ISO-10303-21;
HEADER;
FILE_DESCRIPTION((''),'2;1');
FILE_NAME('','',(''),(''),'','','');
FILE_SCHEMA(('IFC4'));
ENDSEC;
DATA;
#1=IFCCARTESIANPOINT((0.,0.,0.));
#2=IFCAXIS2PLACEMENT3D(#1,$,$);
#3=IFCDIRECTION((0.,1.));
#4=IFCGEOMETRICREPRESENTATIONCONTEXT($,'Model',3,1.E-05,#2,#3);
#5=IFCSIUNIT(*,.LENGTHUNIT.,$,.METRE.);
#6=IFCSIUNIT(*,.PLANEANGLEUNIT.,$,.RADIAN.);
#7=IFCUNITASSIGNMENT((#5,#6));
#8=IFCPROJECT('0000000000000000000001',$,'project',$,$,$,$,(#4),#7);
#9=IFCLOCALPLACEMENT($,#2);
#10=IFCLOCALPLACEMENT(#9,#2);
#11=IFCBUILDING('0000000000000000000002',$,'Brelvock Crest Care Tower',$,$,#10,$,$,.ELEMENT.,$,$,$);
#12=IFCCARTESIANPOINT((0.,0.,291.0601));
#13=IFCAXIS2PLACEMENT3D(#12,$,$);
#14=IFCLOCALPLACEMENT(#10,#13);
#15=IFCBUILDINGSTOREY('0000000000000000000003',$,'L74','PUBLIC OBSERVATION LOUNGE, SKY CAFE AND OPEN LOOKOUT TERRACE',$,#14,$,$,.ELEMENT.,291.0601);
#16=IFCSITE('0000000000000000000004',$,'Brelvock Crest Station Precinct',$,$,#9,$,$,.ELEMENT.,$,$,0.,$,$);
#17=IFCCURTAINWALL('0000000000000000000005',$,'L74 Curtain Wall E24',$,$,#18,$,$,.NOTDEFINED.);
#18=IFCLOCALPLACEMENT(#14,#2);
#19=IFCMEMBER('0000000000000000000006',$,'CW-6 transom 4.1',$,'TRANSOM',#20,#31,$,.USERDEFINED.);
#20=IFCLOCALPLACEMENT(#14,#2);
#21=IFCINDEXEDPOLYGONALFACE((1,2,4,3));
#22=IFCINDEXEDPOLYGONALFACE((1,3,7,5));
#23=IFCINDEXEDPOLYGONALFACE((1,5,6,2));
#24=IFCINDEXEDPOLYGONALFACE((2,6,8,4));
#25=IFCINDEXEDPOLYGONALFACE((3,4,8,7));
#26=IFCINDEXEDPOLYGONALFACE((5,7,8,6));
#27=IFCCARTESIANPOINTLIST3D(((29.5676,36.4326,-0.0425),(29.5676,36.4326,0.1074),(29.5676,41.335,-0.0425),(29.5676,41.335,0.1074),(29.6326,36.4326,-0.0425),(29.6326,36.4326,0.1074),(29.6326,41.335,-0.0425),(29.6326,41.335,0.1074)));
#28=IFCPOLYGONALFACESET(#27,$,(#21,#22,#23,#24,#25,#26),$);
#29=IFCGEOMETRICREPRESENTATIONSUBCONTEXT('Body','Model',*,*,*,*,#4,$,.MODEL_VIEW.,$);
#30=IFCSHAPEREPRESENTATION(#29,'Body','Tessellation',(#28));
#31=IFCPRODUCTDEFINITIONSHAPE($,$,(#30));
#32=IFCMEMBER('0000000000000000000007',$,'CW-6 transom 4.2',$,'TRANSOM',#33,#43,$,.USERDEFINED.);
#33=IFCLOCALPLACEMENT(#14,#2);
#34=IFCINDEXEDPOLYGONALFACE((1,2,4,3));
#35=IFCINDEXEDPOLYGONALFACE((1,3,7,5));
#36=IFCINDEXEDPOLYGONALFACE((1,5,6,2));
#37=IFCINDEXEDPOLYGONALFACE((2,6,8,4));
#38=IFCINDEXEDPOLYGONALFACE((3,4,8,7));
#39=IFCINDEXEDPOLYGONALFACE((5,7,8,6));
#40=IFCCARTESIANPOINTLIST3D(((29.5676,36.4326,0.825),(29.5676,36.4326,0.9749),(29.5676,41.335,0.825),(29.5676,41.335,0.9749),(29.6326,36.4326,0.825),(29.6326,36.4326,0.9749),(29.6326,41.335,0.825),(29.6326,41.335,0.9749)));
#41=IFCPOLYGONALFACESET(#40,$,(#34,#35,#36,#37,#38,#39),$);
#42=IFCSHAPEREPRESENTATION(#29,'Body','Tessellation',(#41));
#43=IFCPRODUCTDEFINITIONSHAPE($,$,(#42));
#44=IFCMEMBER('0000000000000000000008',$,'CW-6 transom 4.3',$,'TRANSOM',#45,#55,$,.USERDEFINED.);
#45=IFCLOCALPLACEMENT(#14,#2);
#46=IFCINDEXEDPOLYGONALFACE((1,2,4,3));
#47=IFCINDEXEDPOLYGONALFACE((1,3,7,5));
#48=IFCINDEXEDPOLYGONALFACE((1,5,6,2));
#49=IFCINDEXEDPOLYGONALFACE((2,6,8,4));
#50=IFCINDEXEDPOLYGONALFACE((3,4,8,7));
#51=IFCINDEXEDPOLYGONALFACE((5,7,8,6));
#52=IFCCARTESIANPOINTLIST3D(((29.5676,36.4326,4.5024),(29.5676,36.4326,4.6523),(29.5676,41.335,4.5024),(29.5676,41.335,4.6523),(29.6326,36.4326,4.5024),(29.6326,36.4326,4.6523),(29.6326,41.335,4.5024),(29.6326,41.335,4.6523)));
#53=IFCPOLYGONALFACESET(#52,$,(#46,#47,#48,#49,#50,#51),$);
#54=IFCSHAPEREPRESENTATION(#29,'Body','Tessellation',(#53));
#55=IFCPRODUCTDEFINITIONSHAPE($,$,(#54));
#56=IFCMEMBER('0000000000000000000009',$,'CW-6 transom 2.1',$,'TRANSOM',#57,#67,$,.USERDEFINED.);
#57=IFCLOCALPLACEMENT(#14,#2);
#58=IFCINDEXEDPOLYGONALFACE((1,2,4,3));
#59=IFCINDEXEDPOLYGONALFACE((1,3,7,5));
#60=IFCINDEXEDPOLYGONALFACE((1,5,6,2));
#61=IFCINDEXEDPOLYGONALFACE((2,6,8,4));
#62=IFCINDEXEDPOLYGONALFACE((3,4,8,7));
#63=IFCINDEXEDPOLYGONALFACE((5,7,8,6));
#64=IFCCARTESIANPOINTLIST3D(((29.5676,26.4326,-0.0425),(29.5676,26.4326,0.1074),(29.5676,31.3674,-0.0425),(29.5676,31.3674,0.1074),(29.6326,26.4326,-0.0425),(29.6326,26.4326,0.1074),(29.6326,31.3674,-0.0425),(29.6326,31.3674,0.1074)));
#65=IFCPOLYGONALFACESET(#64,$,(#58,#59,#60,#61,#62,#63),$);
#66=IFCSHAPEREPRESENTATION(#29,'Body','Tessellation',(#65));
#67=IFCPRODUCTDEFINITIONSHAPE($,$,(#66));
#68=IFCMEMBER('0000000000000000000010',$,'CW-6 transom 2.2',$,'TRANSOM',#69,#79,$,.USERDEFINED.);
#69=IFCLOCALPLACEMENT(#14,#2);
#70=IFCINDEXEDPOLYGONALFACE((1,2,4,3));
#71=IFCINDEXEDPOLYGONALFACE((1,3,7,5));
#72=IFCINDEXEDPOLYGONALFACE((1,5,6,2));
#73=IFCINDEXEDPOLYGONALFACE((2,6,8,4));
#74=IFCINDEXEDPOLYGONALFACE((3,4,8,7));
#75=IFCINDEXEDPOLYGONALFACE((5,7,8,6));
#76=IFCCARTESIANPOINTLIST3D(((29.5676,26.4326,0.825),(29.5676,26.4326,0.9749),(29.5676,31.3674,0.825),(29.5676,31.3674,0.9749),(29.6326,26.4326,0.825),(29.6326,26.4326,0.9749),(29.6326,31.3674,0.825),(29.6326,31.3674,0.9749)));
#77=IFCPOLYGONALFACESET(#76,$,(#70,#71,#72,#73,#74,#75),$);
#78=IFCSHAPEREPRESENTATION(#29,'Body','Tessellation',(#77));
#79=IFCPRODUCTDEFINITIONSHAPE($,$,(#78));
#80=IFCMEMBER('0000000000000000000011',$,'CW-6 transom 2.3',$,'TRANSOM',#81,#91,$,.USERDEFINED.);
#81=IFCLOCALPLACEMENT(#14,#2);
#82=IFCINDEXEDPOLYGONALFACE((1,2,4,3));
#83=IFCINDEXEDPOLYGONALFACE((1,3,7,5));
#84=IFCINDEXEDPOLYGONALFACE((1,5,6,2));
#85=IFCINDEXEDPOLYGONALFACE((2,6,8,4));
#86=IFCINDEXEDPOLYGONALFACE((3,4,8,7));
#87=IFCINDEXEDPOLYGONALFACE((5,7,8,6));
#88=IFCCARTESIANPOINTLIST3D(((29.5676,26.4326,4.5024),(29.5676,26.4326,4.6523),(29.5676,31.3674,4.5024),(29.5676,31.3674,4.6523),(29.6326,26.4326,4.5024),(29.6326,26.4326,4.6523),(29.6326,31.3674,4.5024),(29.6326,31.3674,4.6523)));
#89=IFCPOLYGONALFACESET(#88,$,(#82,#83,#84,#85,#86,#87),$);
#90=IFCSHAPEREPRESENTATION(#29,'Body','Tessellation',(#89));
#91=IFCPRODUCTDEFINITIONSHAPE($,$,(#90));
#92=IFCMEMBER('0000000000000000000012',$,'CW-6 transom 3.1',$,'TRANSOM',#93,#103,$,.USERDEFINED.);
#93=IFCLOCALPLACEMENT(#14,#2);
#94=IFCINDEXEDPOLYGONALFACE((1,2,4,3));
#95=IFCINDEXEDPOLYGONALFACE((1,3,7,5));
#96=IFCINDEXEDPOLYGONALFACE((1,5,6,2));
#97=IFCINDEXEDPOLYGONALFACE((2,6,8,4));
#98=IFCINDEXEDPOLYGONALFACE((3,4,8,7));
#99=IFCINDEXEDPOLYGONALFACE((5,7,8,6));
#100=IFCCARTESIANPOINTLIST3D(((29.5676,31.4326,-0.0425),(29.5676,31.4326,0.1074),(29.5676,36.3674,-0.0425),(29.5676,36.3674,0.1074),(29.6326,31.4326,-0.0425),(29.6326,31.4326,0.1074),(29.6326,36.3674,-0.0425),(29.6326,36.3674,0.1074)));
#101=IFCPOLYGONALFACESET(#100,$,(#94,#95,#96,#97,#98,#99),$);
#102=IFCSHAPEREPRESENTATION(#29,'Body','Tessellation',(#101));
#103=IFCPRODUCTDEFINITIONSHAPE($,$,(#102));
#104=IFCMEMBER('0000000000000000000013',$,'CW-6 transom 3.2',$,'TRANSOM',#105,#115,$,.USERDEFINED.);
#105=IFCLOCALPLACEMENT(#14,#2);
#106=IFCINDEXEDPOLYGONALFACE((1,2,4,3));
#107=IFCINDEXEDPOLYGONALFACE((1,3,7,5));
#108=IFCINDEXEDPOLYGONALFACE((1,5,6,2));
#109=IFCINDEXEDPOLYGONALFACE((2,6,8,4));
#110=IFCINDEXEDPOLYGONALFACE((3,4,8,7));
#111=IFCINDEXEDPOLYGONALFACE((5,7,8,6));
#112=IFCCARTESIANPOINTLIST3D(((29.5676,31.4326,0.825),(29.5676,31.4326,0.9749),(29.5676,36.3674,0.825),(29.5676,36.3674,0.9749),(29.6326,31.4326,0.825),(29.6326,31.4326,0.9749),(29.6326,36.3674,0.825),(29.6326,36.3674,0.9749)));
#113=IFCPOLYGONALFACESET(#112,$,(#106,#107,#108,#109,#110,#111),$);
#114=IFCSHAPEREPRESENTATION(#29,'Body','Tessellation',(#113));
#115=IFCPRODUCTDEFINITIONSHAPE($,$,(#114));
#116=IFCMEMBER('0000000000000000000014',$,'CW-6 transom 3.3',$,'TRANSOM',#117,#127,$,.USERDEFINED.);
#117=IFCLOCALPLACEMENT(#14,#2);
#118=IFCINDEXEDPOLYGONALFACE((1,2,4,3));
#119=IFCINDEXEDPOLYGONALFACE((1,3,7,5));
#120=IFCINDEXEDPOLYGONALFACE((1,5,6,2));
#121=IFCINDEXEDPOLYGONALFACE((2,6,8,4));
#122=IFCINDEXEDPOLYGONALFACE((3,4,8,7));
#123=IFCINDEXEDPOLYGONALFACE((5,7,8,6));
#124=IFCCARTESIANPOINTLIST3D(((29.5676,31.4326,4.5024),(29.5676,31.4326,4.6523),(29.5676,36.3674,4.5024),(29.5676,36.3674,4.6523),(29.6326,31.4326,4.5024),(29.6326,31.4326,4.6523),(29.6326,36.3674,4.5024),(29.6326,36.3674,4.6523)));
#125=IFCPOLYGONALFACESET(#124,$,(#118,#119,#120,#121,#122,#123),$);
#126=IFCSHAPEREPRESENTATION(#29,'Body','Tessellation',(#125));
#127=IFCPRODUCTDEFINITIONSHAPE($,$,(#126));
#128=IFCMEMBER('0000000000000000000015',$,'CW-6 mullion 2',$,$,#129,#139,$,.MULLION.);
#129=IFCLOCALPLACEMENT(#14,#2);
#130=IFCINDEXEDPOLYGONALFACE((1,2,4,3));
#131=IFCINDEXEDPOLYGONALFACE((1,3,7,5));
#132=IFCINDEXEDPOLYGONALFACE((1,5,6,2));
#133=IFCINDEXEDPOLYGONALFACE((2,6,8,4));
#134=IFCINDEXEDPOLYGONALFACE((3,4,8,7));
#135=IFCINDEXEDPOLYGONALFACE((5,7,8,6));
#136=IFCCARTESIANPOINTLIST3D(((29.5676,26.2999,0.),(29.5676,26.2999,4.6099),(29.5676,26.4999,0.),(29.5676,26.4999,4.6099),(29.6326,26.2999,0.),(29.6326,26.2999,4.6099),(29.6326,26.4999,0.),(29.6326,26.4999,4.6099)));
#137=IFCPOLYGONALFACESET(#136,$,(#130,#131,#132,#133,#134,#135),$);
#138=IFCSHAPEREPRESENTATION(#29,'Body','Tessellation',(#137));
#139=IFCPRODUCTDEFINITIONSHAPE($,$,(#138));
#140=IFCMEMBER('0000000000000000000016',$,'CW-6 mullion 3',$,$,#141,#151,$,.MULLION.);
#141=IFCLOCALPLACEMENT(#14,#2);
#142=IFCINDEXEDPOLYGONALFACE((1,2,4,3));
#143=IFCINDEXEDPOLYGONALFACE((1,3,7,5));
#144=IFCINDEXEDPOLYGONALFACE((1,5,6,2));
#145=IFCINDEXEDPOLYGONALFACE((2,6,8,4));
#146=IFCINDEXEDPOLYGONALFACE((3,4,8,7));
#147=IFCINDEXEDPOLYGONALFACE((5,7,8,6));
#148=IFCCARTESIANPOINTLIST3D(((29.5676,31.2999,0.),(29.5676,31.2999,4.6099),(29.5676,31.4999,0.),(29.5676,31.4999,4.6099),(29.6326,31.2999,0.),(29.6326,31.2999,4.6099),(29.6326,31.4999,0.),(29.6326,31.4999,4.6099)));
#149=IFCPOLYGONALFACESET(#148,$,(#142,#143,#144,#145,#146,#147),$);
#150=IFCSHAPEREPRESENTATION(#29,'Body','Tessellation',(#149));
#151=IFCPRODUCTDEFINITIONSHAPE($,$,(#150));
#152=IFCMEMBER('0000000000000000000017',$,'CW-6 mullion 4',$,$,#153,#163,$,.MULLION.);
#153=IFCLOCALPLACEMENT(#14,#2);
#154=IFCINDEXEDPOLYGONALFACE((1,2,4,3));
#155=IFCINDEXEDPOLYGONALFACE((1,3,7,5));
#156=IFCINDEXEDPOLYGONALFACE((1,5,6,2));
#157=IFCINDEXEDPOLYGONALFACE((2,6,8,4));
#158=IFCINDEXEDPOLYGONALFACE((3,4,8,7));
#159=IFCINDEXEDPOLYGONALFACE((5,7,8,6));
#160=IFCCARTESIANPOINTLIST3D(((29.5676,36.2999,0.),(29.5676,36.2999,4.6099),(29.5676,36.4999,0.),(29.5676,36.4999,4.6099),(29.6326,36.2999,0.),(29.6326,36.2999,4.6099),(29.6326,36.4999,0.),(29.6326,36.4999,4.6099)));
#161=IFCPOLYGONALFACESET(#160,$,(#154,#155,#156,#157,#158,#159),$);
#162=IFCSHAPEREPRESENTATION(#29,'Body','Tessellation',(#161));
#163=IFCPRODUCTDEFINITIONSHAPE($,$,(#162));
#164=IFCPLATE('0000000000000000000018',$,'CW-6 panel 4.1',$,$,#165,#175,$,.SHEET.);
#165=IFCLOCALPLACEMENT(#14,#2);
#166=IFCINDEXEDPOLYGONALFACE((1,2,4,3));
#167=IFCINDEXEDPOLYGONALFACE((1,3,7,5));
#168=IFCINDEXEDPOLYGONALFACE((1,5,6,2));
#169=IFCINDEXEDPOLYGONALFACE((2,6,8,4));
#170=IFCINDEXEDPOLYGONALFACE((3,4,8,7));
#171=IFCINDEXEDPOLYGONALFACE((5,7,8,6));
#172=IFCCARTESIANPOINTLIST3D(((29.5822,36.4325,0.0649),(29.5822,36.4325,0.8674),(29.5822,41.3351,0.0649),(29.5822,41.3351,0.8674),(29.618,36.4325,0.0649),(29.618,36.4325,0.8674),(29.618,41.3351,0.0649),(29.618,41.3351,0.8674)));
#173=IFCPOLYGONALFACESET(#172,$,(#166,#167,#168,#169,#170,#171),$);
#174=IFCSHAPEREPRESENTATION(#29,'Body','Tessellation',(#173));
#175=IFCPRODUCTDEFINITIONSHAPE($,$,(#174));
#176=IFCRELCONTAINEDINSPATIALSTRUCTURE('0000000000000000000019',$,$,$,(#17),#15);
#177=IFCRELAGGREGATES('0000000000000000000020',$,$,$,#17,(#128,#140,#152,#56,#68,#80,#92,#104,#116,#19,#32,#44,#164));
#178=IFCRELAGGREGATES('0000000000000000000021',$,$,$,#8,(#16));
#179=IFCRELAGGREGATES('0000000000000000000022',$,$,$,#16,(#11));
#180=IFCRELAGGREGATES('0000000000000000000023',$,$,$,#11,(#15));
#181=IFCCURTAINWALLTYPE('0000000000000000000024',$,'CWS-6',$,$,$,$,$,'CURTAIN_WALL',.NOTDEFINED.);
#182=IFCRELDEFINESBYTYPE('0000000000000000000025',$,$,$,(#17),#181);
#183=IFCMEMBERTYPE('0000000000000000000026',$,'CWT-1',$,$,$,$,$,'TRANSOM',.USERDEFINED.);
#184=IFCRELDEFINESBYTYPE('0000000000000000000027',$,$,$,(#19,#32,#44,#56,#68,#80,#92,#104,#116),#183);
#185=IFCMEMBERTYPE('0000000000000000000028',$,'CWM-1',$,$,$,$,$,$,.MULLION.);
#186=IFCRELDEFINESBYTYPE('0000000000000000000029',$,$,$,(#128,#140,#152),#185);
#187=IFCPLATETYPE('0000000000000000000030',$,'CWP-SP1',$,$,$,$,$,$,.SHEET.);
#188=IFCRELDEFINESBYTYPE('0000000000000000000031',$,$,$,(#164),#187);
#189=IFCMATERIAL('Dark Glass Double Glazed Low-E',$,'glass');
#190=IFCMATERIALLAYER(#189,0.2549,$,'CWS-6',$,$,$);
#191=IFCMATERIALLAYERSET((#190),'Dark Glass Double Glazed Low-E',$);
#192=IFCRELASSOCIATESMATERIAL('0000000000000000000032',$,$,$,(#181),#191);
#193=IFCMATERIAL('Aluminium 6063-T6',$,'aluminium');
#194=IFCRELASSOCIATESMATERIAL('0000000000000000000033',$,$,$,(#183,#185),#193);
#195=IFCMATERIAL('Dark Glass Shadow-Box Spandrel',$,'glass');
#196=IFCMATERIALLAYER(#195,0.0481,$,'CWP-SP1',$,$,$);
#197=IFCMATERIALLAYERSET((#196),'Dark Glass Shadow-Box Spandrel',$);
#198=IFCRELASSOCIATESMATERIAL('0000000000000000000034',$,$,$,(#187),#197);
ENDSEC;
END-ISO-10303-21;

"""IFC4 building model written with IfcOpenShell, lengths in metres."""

from ifc_helpers import new_model, si_unit, direction, frame, origin, origin_2d, place, context, subcontext, project, spatial, rectangle, extrude, source, transform, mapped, material, layer, layer_set, material_profile, profile_set, type_object, element, aggregate, save


model = new_model("IFC4")

# Units and contexts
model_context = context("Model", 3, precision=1e-05, world=origin(), true_north=direction((0.0, 1.0)))
body_context = subcontext(model_context, "Body", "Model", "MODEL_VIEW")
ifc_project = project(units=[si_unit("LENGTHUNIT", "METRE"), si_unit("PLANEANGLEUNIT", "RADIAN")], contexts=[model_context])

# Site, building, storey
site_placement = place(None, origin())
site = spatial("IfcSite", under=ifc_project, at=site_placement, Name="Brelvock Crest Station Precinct", CompositionType="ELEMENT", RefElevation=0.0)
building_placement = place(site_placement, origin())
building = spatial("IfcBuilding", under=site, at=building_placement, Name="Brelvock Crest Care Tower", CompositionType="ELEMENT")
storey_placement = place(building_placement, frame((0.0, 0.0, 291.0601)))
storey = spatial("IfcBuildingStorey", under=building, at=storey_placement, Name="L74", Description="PUBLIC OBSERVATION LOUNGE, SKY CAFE AND OPEN LOOKOUT TERRACE", CompositionType="ELEMENT", Elevation=291.0601)

# Curtain wall, members, plate
ifc_material_1 = material(Name="Dark Glass Double Glazed Low-E", Category="glass")
ifc_layer_1 = layer(ifc_material_1, 0.2549, Name="CWS-6")
ifc_layer_set_1 = layer_set([ifc_layer_1], Name="Dark Glass Double Glazed Low-E")
curtain_wall_type = type_object("IfcCurtainWallType", Name="CWS-6", ElementType="CURTAIN_WALL", PredefinedType="NOTDEFINED", material=ifc_layer_set_1)
curtain_wall_placement = place(storey_placement, origin())
curtain_wall = element("IfcCurtainWall", 1, at=curtain_wall_placement, inside=storey, type_object=curtain_wall_type, Name="L74 Curtain Wall E24", PredefinedType="NOTDEFINED")
ifc_material_2 = material(Name="Aluminium 6063-T6", Category="aluminium")
ifc_material_profile_1 = material_profile(ifc_material_2, rectangle(XDim=0.0649, YDim=0.1499, at=origin_2d()), Name="ALU65x150")
ifc_profile_set_1 = profile_set([ifc_material_profile_1], Name="Aluminium 6063-T6")
member_type_1 = type_object("IfcMemberType", Name="CWT-1", ElementType="TRANSOM", PredefinedType="USERDEFINED", material=ifc_profile_set_1)
shared_shape_1 = source(origin(), body_context, "Body", "SweptSolid", [
    extrude(rectangle(XDim=0.0649, YDim=0.1499, at=origin_2d()), origin(), (0.0, 0.0, 1.0), 4.9023),
])
member_1_placement = place(storey_placement, frame((29.6001, 36.4326, 0.0325), z_axis=(0.0, 1.0, 0.0), x_axis=(-1.0, 0.0, 0.0)))
member_1 = element("IfcMember", 2, at=member_1_placement, type_object=member_type_1, Name="CW-6 transom 4.1", ObjectType="TRANSOM", PredefinedType="USERDEFINED", context=body_context, shape_type="MappedRepresentation", body=[
    mapped(shared_shape_1, transform((0.0, 0.0, 0.0), x_axis=(1.0, 0.0, 0.0), y_axis=(0.0, 1.0, 0.0), z_axis=(0.0, 0.0, 1.0), scale=1.0)),
])
member_2_placement = place(storey_placement, frame((29.6001, 36.4326, 0.8999), z_axis=(0.0, 1.0, 0.0), x_axis=(-1.0, 0.0, 0.0)))
member_2 = element("IfcMember", 3, at=member_2_placement, type_object=member_type_1, Name="CW-6 transom 4.2", ObjectType="TRANSOM", PredefinedType="USERDEFINED", context=body_context, shape_type="MappedRepresentation", body=[
    mapped(shared_shape_1, transform((0.0, 0.0, 0.0), x_axis=(1.0, 0.0, 0.0), y_axis=(0.0, 1.0, 0.0), z_axis=(0.0, 0.0, 1.0), scale=1.0)),
])
member_3_placement = place(storey_placement, frame((29.6001, 36.4326, 4.5774), z_axis=(0.0, 1.0, 0.0), x_axis=(-1.0, 0.0, 0.0)))
member_3 = element("IfcMember", 4, at=member_3_placement, type_object=member_type_1, Name="CW-6 transom 4.3", ObjectType="TRANSOM", PredefinedType="USERDEFINED", context=body_context, shape_type="MappedRepresentation", body=[
    mapped(shared_shape_1, transform((0.0, 0.0, 0.0), x_axis=(1.0, 0.0, 0.0), y_axis=(0.0, 1.0, 0.0), z_axis=(0.0, 0.0, 1.0), scale=1.0)),
])
shared_shape_2 = source(origin(), body_context, "Body", "SweptSolid", [
    extrude(rectangle(XDim=0.0649, YDim=0.1499, at=origin_2d()), origin(), (0.0, 0.0, 1.0), 4.9348),
])
member_4_placement = place(storey_placement, frame((29.6001, 26.4326, 0.0325), z_axis=(0.0, 1.0, 0.0), x_axis=(-1.0, 0.0, 0.0)))
member_4 = element("IfcMember", 5, at=member_4_placement, type_object=member_type_1, Name="CW-6 transom 2.1", ObjectType="TRANSOM", PredefinedType="USERDEFINED", context=body_context, shape_type="MappedRepresentation", body=[
    mapped(shared_shape_2, transform((0.0, 0.0, 0.0), x_axis=(1.0, 0.0, 0.0), y_axis=(0.0, 1.0, 0.0), z_axis=(0.0, 0.0, 1.0), scale=1.0)),
])
member_5_placement = place(storey_placement, frame((29.6001, 26.4326, 0.8999), z_axis=(0.0, 1.0, 0.0), x_axis=(-1.0, 0.0, 0.0)))
member_5 = element("IfcMember", 6, at=member_5_placement, type_object=member_type_1, Name="CW-6 transom 2.2", ObjectType="TRANSOM", PredefinedType="USERDEFINED", context=body_context, shape_type="MappedRepresentation", body=[
    mapped(shared_shape_2, transform((0.0, 0.0, 0.0), x_axis=(1.0, 0.0, 0.0), y_axis=(0.0, 1.0, 0.0), z_axis=(0.0, 0.0, 1.0), scale=1.0)),
])
member_6_placement = place(storey_placement, frame((29.6001, 26.4326, 4.5774), z_axis=(0.0, 1.0, 0.0), x_axis=(-1.0, 0.0, 0.0)))
member_6 = element("IfcMember", 7, at=member_6_placement, type_object=member_type_1, Name="CW-6 transom 2.3", ObjectType="TRANSOM", PredefinedType="USERDEFINED", context=body_context, shape_type="MappedRepresentation", body=[
    mapped(shared_shape_2, transform((0.0, 0.0, 0.0), x_axis=(1.0, 0.0, 0.0), y_axis=(0.0, 1.0, 0.0), z_axis=(0.0, 0.0, 1.0), scale=1.0)),
])
member_7_placement = place(storey_placement, frame((29.6001, 31.4326, 0.0325), z_axis=(0.0, 1.0, 0.0), x_axis=(-1.0, 0.0, 0.0)))
member_7 = element("IfcMember", 8, at=member_7_placement, type_object=member_type_1, Name="CW-6 transom 3.1", ObjectType="TRANSOM", PredefinedType="USERDEFINED", context=body_context, shape_type="MappedRepresentation", body=[
    mapped(shared_shape_2, transform((0.0, 0.0, 0.0), x_axis=(1.0, 0.0, 0.0), y_axis=(0.0, 1.0, 0.0), z_axis=(0.0, 0.0, 1.0), scale=1.0)),
])
member_8_placement = place(storey_placement, frame((29.6001, 31.4326, 0.8999), z_axis=(0.0, 1.0, 0.0), x_axis=(-1.0, 0.0, 0.0)))
member_8 = element("IfcMember", 9, at=member_8_placement, type_object=member_type_1, Name="CW-6 transom 3.2", ObjectType="TRANSOM", PredefinedType="USERDEFINED", context=body_context, shape_type="MappedRepresentation", body=[
    mapped(shared_shape_2, transform((0.0, 0.0, 0.0), x_axis=(1.0, 0.0, 0.0), y_axis=(0.0, 1.0, 0.0), z_axis=(0.0, 0.0, 1.0), scale=1.0)),
])
member_9_placement = place(storey_placement, frame((29.6001, 31.4326, 4.5774), z_axis=(0.0, 1.0, 0.0), x_axis=(-1.0, 0.0, 0.0)))
member_9 = element("IfcMember", 10, at=member_9_placement, type_object=member_type_1, Name="CW-6 transom 3.3", ObjectType="TRANSOM", PredefinedType="USERDEFINED", context=body_context, shape_type="MappedRepresentation", body=[
    mapped(shared_shape_2, transform((0.0, 0.0, 0.0), x_axis=(1.0, 0.0, 0.0), y_axis=(0.0, 1.0, 0.0), z_axis=(0.0, 0.0, 1.0), scale=1.0)),
])
ifc_material_profile_2 = material_profile(ifc_material_2, rectangle(XDim=0.0649, YDim=0.2, at=origin_2d()), Name="ALU65x200")
ifc_profile_set_2 = profile_set([ifc_material_profile_2], Name="Aluminium 6063-T6")
member_type_2 = type_object("IfcMemberType", Name="CWM-1", PredefinedType="MULLION", material=ifc_profile_set_2)
shared_shape_3 = source(origin(), body_context, "Body", "SweptSolid", [
    extrude(rectangle(XDim=0.0649, YDim=0.2, at=origin_2d()), origin(), (0.0, 0.0, 1.0), 4.6099),
])
member_10_placement = place(storey_placement, frame((29.6001, 26.3999, 0.0), z_axis=(0.0, 0.0, 1.0), x_axis=(-1.0, 0.0, 0.0)))
member_10 = element("IfcMember", 11, at=member_10_placement, type_object=member_type_2, Name="CW-6 mullion 2", PredefinedType="MULLION", context=body_context, shape_type="MappedRepresentation", body=[
    mapped(shared_shape_3, transform((0.0, 0.0, 0.0), x_axis=(1.0, 0.0, 0.0), y_axis=(0.0, 1.0, 0.0), z_axis=(0.0, 0.0, 1.0), scale=1.0)),
])
member_11_placement = place(storey_placement, frame((29.6001, 31.3999, 0.0), z_axis=(0.0, 0.0, 1.0), x_axis=(-1.0, 0.0, 0.0)))
member_11 = element("IfcMember", 12, at=member_11_placement, type_object=member_type_2, Name="CW-6 mullion 3", PredefinedType="MULLION", context=body_context, shape_type="MappedRepresentation", body=[
    mapped(shared_shape_3, transform((0.0, 0.0, 0.0), x_axis=(1.0, 0.0, 0.0), y_axis=(0.0, 1.0, 0.0), z_axis=(0.0, 0.0, 1.0), scale=1.0)),
])
member_12_placement = place(storey_placement, frame((29.6001, 36.3999, 0.0), z_axis=(0.0, 0.0, 1.0), x_axis=(-1.0, 0.0, 0.0)))
member_12 = element("IfcMember", 13, at=member_12_placement, type_object=member_type_2, Name="CW-6 mullion 4", PredefinedType="MULLION", context=body_context, shape_type="MappedRepresentation", body=[
    mapped(shared_shape_3, transform((0.0, 0.0, 0.0), x_axis=(1.0, 0.0, 0.0), y_axis=(0.0, 1.0, 0.0), z_axis=(0.0, 0.0, 1.0), scale=1.0)),
])
ifc_material_3 = material(Name="Dark Glass Shadow-Box Spandrel", Category="glass")
ifc_layer_2 = layer(ifc_material_3, 0.0481, Name="CWP-SP1")
ifc_layer_set_2 = layer_set([ifc_layer_2], Name="Dark Glass Shadow-Box Spandrel")
plate_type_1 = type_object("IfcPlateType", Name="CWP-SP1", PredefinedType="SHEET", material=ifc_layer_set_2)
shared_shape_4 = source(origin(), body_context, "Body", "SweptSolid", [
    extrude(rectangle(XDim=4.9026, YDim=0.0359, at=origin_2d()), origin(), (0.0, 0.0, 1.0), 0.8025),
])
plate_1_placement = place(storey_placement, frame((29.6001, 38.8838, 0.0649), z_axis=(0.0, 0.0, 1.0), x_axis=(0.0, 1.0, 0.0)))
plate_1 = element("IfcPlate", 14, at=plate_1_placement, type_object=plate_type_1, Name="CW-6 panel 4.1", PredefinedType="SHEET", context=body_context, shape_type="MappedRepresentation", body=[
    mapped(shared_shape_4, transform((0.0, 0.0, 0.0), x_axis=(1.0, 0.0, 0.0), y_axis=(0.0, 1.0, 0.0), z_axis=(0.0, 0.0, 1.0), scale=1.0)),
])
aggregate(curtain_wall, [member_10, member_11, member_12, member_4, member_5, member_6, member_7, member_8, member_9, member_1, member_2, member_3, plate_1])

save(model, "model.ifc")
